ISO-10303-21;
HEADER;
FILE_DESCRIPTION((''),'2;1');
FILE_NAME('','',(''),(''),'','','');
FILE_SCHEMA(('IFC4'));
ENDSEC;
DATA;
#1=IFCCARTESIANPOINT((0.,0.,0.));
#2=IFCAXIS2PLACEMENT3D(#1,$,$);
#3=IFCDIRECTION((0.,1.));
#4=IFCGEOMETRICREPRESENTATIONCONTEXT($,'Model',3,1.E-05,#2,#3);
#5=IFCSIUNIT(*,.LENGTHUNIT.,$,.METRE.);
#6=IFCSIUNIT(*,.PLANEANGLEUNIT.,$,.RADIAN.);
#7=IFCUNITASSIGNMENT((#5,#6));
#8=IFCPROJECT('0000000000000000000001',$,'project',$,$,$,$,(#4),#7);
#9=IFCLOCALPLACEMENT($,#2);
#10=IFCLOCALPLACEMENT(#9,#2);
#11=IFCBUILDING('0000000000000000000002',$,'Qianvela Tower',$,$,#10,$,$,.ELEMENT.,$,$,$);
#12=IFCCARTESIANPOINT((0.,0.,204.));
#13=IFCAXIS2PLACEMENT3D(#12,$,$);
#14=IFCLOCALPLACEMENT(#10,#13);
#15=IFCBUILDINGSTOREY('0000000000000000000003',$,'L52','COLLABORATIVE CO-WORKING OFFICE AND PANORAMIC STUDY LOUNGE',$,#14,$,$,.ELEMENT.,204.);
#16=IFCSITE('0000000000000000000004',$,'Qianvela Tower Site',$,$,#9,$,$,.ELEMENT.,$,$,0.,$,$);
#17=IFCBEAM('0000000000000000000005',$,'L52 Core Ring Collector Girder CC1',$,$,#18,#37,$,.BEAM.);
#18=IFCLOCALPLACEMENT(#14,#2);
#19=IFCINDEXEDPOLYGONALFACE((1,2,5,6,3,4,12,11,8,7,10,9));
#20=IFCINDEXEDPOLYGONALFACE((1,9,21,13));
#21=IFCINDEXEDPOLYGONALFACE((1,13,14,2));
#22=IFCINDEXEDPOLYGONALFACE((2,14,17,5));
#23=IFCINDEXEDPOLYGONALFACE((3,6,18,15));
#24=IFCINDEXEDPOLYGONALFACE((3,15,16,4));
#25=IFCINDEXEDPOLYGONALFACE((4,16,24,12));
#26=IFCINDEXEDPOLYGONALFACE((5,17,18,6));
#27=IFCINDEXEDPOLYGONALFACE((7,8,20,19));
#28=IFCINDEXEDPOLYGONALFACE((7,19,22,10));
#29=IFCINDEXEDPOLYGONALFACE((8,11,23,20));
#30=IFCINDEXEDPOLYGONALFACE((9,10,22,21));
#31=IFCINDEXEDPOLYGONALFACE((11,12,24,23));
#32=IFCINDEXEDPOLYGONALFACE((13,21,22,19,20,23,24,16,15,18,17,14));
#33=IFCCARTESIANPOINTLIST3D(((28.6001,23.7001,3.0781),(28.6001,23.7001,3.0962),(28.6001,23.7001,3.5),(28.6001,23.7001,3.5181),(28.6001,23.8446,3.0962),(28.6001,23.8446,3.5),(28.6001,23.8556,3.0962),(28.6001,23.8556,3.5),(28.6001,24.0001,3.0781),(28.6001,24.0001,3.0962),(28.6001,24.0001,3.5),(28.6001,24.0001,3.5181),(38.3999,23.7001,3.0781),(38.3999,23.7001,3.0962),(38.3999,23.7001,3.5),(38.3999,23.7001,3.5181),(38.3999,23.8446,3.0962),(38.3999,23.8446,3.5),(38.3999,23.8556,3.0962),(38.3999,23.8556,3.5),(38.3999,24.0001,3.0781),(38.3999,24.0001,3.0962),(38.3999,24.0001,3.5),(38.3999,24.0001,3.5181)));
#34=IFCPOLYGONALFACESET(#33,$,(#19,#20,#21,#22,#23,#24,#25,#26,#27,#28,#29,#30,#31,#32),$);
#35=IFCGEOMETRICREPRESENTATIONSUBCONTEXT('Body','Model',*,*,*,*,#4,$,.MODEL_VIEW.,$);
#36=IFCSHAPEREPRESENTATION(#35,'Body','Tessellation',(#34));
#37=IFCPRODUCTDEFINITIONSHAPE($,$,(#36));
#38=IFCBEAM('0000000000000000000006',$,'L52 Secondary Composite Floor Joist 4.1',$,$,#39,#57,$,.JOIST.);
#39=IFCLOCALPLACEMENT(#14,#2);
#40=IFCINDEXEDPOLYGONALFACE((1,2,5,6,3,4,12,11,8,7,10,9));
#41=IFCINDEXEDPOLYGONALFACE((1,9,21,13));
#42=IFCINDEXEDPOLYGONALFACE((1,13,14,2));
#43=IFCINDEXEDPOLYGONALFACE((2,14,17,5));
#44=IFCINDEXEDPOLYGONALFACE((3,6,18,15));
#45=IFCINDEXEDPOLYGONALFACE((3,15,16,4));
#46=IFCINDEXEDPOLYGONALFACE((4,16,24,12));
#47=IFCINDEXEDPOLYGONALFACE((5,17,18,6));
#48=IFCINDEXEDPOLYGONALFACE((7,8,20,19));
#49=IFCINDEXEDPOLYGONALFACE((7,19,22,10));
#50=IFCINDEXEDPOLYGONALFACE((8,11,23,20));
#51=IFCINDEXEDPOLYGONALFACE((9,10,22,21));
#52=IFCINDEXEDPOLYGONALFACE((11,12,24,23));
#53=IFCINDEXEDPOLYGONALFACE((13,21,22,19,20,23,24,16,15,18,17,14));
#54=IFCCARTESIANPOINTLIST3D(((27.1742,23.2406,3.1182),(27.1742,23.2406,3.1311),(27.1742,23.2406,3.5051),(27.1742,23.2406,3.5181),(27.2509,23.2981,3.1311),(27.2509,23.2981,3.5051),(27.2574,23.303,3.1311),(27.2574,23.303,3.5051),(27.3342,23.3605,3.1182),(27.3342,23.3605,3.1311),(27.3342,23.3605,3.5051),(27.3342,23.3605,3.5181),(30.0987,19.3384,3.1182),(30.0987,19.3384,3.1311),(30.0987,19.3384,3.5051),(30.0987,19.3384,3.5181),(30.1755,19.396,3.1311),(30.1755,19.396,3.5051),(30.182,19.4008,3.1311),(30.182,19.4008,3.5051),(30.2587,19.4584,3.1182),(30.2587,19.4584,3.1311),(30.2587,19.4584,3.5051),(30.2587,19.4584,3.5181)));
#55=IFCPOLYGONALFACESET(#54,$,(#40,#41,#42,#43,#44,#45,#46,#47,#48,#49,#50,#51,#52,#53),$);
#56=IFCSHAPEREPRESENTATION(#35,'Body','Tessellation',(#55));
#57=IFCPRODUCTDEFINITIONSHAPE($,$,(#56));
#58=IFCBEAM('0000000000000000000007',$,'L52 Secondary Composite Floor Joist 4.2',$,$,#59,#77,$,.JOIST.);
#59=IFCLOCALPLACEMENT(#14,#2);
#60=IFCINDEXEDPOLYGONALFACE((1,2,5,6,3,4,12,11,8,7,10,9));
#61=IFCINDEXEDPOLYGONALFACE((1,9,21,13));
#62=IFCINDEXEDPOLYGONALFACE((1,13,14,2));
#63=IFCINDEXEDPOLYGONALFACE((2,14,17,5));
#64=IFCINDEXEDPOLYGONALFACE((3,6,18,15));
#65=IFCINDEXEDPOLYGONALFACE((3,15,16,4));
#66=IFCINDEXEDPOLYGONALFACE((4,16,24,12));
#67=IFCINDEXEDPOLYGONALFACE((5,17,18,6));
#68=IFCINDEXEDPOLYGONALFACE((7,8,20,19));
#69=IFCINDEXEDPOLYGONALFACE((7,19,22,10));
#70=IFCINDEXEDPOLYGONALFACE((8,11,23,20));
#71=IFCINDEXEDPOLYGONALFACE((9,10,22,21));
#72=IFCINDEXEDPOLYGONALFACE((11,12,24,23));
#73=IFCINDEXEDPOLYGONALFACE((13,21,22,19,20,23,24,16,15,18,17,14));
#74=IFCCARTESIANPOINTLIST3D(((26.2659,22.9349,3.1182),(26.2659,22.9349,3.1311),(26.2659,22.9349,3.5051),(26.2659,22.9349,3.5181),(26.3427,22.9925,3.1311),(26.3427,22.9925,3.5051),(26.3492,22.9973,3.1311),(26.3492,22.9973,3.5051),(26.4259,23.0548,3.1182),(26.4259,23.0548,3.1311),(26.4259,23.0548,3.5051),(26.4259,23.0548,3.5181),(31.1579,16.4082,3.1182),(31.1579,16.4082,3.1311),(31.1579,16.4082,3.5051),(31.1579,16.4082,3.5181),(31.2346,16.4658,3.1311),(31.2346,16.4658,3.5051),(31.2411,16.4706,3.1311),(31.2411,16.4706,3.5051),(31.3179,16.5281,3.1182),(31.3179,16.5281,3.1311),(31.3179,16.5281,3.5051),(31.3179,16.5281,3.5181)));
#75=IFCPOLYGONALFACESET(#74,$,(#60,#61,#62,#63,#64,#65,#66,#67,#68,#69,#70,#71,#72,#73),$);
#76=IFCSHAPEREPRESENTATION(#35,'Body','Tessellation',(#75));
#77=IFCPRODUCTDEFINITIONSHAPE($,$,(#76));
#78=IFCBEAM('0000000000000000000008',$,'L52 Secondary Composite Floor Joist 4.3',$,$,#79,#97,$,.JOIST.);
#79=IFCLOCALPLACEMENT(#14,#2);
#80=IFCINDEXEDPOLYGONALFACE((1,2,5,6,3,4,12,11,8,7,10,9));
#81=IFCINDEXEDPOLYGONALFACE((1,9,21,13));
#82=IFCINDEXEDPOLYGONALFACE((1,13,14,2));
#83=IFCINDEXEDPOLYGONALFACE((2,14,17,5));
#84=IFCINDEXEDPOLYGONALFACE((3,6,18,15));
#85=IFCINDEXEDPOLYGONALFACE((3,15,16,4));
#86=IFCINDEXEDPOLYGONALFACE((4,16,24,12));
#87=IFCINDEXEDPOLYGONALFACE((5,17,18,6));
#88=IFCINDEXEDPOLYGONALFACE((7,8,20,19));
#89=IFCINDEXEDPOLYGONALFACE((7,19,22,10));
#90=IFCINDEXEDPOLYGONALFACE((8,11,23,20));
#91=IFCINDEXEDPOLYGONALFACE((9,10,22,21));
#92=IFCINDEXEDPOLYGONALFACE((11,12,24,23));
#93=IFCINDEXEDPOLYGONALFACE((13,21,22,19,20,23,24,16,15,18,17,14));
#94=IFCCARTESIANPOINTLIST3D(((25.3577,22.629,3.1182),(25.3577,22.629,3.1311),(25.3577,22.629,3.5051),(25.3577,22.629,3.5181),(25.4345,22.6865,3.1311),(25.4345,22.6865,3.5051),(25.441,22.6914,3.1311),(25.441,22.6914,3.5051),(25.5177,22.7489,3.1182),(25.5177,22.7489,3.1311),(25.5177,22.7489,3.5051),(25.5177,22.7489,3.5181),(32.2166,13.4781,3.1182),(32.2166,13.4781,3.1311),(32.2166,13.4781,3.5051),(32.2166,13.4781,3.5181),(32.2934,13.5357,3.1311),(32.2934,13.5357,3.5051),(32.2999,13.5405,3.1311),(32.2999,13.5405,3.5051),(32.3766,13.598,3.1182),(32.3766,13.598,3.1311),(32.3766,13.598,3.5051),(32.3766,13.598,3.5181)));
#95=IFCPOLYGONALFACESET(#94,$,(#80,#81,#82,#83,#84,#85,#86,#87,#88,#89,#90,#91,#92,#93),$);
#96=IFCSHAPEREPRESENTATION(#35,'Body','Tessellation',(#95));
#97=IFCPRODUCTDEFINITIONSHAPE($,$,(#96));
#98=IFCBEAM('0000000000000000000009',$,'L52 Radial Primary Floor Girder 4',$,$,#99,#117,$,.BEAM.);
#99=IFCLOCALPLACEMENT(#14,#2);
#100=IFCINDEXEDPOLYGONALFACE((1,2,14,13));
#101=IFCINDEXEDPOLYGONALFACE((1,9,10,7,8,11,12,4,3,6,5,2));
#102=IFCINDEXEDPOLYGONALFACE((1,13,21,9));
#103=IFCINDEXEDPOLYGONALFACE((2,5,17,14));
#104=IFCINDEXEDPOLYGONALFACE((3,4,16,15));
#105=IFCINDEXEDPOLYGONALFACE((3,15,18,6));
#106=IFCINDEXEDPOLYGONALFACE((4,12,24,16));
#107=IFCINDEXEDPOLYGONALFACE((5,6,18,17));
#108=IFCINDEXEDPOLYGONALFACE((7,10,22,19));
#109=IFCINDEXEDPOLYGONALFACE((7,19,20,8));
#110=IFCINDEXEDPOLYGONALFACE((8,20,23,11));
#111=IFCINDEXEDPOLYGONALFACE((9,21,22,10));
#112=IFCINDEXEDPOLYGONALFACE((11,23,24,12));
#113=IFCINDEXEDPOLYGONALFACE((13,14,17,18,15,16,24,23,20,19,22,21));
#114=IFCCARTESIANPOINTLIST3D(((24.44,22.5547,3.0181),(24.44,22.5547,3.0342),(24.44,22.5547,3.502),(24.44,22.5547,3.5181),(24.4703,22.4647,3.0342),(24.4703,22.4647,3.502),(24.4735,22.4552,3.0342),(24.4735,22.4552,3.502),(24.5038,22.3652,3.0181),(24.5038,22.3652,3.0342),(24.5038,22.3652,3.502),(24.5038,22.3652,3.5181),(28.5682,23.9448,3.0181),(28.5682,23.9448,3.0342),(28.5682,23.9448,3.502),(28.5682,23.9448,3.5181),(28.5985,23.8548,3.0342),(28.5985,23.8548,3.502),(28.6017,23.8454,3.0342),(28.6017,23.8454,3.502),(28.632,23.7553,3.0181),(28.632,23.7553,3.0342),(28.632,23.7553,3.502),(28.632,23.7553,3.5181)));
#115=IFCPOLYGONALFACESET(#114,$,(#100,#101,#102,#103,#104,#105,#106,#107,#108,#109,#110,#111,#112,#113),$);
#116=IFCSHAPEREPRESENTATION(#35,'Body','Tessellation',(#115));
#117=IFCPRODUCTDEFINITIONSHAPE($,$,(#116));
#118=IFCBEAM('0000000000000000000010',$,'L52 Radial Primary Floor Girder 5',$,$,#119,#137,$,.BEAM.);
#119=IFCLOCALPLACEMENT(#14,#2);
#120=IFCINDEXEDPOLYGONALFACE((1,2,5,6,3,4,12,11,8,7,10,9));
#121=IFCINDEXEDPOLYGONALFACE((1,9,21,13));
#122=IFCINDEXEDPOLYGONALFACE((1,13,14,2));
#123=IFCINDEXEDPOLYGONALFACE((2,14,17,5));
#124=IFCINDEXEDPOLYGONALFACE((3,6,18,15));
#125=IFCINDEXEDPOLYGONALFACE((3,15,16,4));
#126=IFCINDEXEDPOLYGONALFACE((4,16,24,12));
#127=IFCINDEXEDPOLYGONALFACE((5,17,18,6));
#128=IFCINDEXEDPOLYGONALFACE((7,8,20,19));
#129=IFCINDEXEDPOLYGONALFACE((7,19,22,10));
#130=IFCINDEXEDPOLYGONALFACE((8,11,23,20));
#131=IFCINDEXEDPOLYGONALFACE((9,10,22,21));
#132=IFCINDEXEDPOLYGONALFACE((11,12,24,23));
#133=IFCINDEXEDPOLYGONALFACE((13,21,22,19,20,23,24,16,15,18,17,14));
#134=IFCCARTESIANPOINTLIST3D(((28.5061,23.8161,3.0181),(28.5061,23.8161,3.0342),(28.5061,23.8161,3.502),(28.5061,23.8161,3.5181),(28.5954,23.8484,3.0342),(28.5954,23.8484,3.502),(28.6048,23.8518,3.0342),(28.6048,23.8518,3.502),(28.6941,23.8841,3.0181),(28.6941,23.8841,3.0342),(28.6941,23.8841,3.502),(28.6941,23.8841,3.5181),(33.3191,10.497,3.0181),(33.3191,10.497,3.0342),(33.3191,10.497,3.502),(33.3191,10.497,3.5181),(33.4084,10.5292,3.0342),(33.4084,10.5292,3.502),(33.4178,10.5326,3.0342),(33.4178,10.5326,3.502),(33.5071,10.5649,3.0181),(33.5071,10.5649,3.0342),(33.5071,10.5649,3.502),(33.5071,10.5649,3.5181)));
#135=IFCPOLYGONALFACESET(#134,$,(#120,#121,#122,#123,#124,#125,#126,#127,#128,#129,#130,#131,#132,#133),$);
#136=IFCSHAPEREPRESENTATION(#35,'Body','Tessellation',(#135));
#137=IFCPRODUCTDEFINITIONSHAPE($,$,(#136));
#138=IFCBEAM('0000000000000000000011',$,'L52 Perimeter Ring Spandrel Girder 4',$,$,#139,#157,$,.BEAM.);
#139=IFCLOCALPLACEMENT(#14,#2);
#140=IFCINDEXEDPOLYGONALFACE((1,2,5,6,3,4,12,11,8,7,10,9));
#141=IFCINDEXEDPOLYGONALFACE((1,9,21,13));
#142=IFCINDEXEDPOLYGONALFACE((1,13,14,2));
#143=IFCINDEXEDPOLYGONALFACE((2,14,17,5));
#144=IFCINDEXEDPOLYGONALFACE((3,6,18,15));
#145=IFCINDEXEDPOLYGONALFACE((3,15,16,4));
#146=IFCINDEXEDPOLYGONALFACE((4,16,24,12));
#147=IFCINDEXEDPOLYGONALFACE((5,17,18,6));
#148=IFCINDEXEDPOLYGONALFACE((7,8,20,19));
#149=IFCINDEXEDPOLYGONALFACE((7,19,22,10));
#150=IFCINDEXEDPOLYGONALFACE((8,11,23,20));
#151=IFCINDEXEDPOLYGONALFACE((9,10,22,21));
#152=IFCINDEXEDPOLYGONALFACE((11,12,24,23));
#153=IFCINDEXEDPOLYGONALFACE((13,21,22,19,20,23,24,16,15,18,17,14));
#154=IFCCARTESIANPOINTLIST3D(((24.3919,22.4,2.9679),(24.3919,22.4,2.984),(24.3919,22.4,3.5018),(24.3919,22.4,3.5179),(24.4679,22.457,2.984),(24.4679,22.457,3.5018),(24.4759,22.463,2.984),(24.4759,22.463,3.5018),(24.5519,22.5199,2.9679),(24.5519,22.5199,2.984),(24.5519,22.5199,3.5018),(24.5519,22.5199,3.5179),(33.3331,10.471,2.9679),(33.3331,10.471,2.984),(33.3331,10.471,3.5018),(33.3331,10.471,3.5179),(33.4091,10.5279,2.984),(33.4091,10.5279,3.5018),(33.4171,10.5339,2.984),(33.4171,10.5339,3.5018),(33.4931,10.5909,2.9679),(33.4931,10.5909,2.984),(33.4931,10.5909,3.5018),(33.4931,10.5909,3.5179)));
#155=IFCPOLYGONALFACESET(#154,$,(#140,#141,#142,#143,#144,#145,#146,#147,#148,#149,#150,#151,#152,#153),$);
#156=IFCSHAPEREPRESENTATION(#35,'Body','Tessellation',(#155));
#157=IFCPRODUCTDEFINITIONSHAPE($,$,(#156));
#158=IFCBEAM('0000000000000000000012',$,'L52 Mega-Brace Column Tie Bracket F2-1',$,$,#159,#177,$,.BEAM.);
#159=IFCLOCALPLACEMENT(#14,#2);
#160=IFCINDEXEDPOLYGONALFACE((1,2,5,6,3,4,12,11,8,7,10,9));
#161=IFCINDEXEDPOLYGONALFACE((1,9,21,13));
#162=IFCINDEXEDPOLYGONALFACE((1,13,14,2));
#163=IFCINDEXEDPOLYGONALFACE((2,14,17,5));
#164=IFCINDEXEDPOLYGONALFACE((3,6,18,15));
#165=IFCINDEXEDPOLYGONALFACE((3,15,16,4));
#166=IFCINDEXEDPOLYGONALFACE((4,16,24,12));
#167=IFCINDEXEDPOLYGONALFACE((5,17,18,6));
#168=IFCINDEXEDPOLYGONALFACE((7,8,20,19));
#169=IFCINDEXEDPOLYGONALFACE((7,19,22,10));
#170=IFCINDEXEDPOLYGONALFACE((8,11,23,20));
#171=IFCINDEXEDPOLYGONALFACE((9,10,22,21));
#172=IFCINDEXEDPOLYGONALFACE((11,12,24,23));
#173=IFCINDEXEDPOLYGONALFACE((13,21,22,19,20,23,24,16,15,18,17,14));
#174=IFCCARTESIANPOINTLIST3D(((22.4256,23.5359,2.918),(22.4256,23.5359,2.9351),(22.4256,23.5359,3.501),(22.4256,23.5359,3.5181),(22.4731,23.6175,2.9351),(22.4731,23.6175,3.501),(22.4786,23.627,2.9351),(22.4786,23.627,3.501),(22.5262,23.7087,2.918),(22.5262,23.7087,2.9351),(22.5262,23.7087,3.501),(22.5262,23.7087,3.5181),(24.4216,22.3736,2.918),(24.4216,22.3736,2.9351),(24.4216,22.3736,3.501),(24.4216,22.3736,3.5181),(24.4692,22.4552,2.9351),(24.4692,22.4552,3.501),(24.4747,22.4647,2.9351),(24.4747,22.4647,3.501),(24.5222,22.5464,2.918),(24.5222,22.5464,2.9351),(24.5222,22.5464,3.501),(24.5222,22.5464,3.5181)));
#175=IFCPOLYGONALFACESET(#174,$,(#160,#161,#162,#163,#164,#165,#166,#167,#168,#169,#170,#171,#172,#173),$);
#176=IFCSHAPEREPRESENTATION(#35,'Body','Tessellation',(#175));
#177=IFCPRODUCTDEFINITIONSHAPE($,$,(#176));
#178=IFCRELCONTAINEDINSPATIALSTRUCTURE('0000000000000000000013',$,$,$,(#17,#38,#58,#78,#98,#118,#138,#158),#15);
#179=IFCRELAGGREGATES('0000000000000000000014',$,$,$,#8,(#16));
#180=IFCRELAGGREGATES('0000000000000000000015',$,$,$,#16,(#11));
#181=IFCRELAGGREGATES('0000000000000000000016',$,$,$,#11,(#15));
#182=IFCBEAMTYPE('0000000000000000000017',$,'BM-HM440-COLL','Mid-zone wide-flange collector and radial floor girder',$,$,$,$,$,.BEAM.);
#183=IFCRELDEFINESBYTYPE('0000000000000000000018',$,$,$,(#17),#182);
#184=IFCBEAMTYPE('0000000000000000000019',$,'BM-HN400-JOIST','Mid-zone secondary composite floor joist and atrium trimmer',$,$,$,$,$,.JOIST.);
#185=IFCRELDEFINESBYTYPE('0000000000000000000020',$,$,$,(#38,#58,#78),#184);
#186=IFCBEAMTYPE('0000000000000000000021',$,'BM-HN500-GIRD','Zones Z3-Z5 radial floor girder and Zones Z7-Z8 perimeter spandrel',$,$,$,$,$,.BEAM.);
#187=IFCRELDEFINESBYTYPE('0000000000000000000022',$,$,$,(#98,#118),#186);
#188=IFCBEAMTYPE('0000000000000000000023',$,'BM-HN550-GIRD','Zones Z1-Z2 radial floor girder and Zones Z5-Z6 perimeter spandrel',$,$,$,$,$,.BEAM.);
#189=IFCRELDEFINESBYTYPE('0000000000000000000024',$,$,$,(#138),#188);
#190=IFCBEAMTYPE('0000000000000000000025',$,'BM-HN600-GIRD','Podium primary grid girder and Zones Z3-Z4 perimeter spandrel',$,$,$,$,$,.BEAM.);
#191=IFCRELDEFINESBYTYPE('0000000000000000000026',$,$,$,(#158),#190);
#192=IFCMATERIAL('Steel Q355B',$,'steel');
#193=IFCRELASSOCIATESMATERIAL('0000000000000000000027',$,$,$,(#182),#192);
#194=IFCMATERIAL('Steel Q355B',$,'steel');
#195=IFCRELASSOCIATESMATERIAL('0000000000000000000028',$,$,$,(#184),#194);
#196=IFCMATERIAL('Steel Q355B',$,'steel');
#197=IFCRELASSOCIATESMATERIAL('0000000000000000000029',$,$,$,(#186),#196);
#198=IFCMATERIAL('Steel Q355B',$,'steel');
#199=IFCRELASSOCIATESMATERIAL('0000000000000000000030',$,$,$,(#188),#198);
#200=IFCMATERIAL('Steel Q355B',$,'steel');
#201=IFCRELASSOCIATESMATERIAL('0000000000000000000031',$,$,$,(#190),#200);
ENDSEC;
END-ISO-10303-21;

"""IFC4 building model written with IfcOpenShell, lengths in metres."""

from ifc_helpers import new_model, si_unit, direction, frame, origin, origin_2d, place, context, subcontext, project, spatial, i_section, extrude, material, material_profile, profile_set, type_object, element, save


model = new_model("IFC4")

# Units and contexts
model_context = context("Model", 3, precision=1e-05, world=origin(), true_north=direction((0.0, 1.0)))
body_context = subcontext(model_context, "Body", "Model", "MODEL_VIEW")
ifc_project = project(units=[si_unit("LENGTHUNIT", "METRE"), si_unit("PLANEANGLEUNIT", "RADIAN")], contexts=[model_context])

# Site, building, storey
site_placement = place(None, origin())
site = spatial("IfcSite", under=ifc_project, at=site_placement, Name="Qianvela Tower Site", CompositionType="ELEMENT", RefElevation=0.0)
building_placement = place(site_placement, origin())
building = spatial("IfcBuilding", under=site, at=building_placement, Name="Qianvela Tower", CompositionType="ELEMENT")
storey_placement = place(building_placement, frame((0.0, 0.0, 204.0)))
storey = spatial("IfcBuildingStorey", under=building, at=storey_placement, Name="L52", Description="COLLABORATIVE CO-WORKING OFFICE AND PANORAMIC STUDY LOUNGE", CompositionType="ELEMENT", Elevation=204.0)

# Beams
ifc_material_1 = material(Name="Steel Q355B", Category="steel")
ifc_material_profile_1 = material_profile(ifc_material_1, i_section(OverallWidth=0.3, OverallDepth=0.4399, WebThickness=0.011, FlangeThickness=0.0181, at=origin_2d()), Name="HM440x300x11x18")
ifc_profile_set_1 = profile_set([ifc_material_profile_1], Name="Steel Q355B")
beam_type_1 = type_object("IfcBeamType", Name="BM-HM440-COLL", Description="Mid-zone wide-flange collector and radial floor girder", PredefinedType="BEAM", material=ifc_profile_set_1)
beam_1_placement = place(storey_placement, frame((28.6001, 23.8501, 3.2981), z_axis=(1.0, 0.0, 0.0), x_axis=(0.0, 1.0, 0.0)))
element("IfcBeam", 1, at=beam_1_placement, inside=storey, type_object=beam_type_1, Name="L52 Core Ring Collector Girder CC1", PredefinedType="BEAM", context=body_context, shape_type="SweptSolid", body=[
    extrude(i_section(OverallWidth=0.3, OverallDepth=0.4399, WebThickness=0.011, FlangeThickness=0.0181, at=origin_2d()), origin(), (0.0, 0.0, 1.0), 9.7998),
])
ifc_material_2 = material(Name="Steel Q355B", Category="steel")
ifc_material_profile_2 = material_profile(ifc_material_2, i_section(OverallWidth=0.2, OverallDepth=0.3999, WebThickness=0.0081, FlangeThickness=0.0129, at=origin_2d()), Name="HN400x200x8x13")
ifc_profile_set_2 = profile_set([ifc_material_profile_2], Name="Steel Q355B")
beam_type_2 = type_object("IfcBeamType", Name="BM-HN400-JOIST", Description="Mid-zone secondary composite floor joist and atrium trimmer", PredefinedType="JOIST", material=ifc_profile_set_2)
beam_2_placement = place(storey_placement, frame((27.2542, 23.3005, 3.3181), z_axis=(0.599736, -0.800198, 0.0), x_axis=(0.800198, 0.599736, 0.0)))
element("IfcBeam", 2, at=beam_2_placement, inside=storey, type_object=beam_type_2, Name="L52 Secondary Composite Floor Joist 4.1", PredefinedType="JOIST", context=body_context, shape_type="SweptSolid", body=[
    extrude(i_section(OverallWidth=0.2, OverallDepth=0.3999, WebThickness=0.0081, FlangeThickness=0.0129, at=origin_2d()), origin(), (0.0, 0.0, 1.0), 4.8765),
])
beam_3_placement = place(storey_placement, frame((26.3459, 22.9949, 3.3181), z_axis=(0.599756, -0.800183, 0.0), x_axis=(0.800183, 0.599756, 0.0)))
element("IfcBeam", 3, at=beam_3_placement, inside=storey, type_object=beam_type_2, Name="L52 Secondary Composite Floor Joist 4.2", PredefinedType="JOIST", context=body_context, shape_type="SweptSolid", body=[
    extrude(i_section(OverallWidth=0.2, OverallDepth=0.3999, WebThickness=0.0081, FlangeThickness=0.0129, at=origin_2d()), origin(), (0.0, 0.0, 1.0), 8.1565),
])
beam_4_placement = place(storey_placement, frame((25.4377, 22.689, 3.3181), z_axis=(0.599761, -0.800179, 0.0), x_axis=(0.800179, 0.599761, 0.0)))
element("IfcBeam", 4, at=beam_4_placement, inside=storey, type_object=beam_type_2, Name="L52 Secondary Composite Floor Joist 4.3", PredefinedType="JOIST", context=body_context, shape_type="SweptSolid", body=[
    extrude(i_section(OverallWidth=0.2, OverallDepth=0.3999, WebThickness=0.0081, FlangeThickness=0.0129, at=origin_2d()), origin(), (0.0, 0.0, 1.0), 11.436),
])
ifc_material_3 = material(Name="Steel Q355B", Category="steel")
ifc_material_profile_3 = material_profile(ifc_material_3, i_section(OverallWidth=0.2, OverallDepth=0.5, WebThickness=0.01, FlangeThickness=0.0161, at=origin_2d()), Name="HN500x200x10x16")
ifc_profile_set_3 = profile_set([ifc_material_profile_3], Name="Steel Q355B")
beam_type_3 = type_object("IfcBeamType", Name="BM-HN500-GIRD", Description="Zones Z3-Z5 radial floor girder and Zones Z7-Z8 perimeter spandrel", PredefinedType="BEAM", material=ifc_profile_set_3)
beam_5_placement = place(storey_placement, frame((28.6001, 23.8501, 3.2681), z_axis=(-0.947709, -0.319135, 0.0), x_axis=(0.319135, -0.947709, 0.0)))
element("IfcBeam", 5, at=beam_5_placement, inside=storey, type_object=beam_type_3, Name="L52 Radial Primary Floor Girder 4", PredefinedType="BEAM", context=body_context, shape_type="SweptSolid", body=[
    extrude(i_section(OverallWidth=0.2, OverallDepth=0.5, WebThickness=0.01, FlangeThickness=0.0161, at=origin_2d()), origin(), (0.0, 0.0, 1.0), 4.356),
])
beam_6_placement = place(storey_placement, frame((28.6001, 23.8501, 3.2681), z_axis=(0.339852, -0.940479, 0.0), x_axis=(0.940479, 0.339852, 0.0)))
element("IfcBeam", 6, at=beam_6_placement, inside=storey, type_object=beam_type_3, Name="L52 Radial Primary Floor Girder 5", PredefinedType="BEAM", context=body_context, shape_type="SweptSolid", body=[
    extrude(i_section(OverallWidth=0.2, OverallDepth=0.5, WebThickness=0.01, FlangeThickness=0.0161, at=origin_2d()), origin(), (0.0, 0.0, 1.0), 14.1621),
])
ifc_material_4 = material(Name="Steel Q355B", Category="steel")
ifc_material_profile_4 = material_profile(ifc_material_4, i_section(OverallWidth=0.2, OverallDepth=0.55, WebThickness=0.01, FlangeThickness=0.0161, at=origin_2d()), Name="HN550x200x10x16")
ifc_profile_set_4 = profile_set([ifc_material_profile_4], Name="Steel Q355B")
beam_type_4 = type_object("IfcBeamType", Name="BM-HN550-GIRD", Description="Zones Z1-Z2 radial floor girder and Zones Z5-Z6 perimeter spandrel", PredefinedType="BEAM", material=ifc_profile_set_4)
beam_7_placement = place(storey_placement, frame((24.4719, 22.46, 3.2429), z_axis=(0.599762, -0.800179, 0.0), x_axis=(0.800179, 0.599762, 0.0)))
element("IfcBeam", 7, at=beam_7_placement, inside=storey, type_object=beam_type_4, Name="L52 Perimeter Ring Spandrel Girder 4", PredefinedType="BEAM", context=body_context, shape_type="SweptSolid", body=[
    extrude(i_section(OverallWidth=0.2, OverallDepth=0.55, WebThickness=0.01, FlangeThickness=0.0161, at=origin_2d()), origin(), (0.0, 0.0, 1.0), 14.908),
])
ifc_material_5 = material(Name="Steel Q355B", Category="steel")
ifc_material_profile_5 = material_profile(ifc_material_5, i_section(OverallWidth=0.2, OverallDepth=0.6001, WebThickness=0.011, FlangeThickness=0.0171, at=origin_2d()), Name="HN600x200x11x17")
ifc_profile_set_5 = profile_set([ifc_material_profile_5], Name="Steel Q355B")
beam_type_5 = type_object("IfcBeamType", Name="BM-HN600-GIRD", Description="Podium primary grid girder and Zones Z3-Z4 perimeter spandrel", PredefinedType="BEAM", material=ifc_profile_set_5)
beam_8_placement = place(storey_placement, frame((24.4719, 22.46, 3.218), z_axis=(-0.864162, 0.503214, 0.0), x_axis=(-0.503214, -0.864162, 0.0)))
element("IfcBeam", 8, at=beam_8_placement, inside=storey, type_object=beam_type_5, Name="L52 Mega-Brace Column Tie Bracket F2-1", PredefinedType="BEAM", context=body_context, shape_type="SweptSolid", body=[
    extrude(i_section(OverallWidth=0.2, OverallDepth=0.6001, WebThickness=0.011, FlangeThickness=0.0171, at=origin_2d()), origin(), (0.0, 0.0, 1.0), 2.3098),
])

save(model, "model.ifc")
